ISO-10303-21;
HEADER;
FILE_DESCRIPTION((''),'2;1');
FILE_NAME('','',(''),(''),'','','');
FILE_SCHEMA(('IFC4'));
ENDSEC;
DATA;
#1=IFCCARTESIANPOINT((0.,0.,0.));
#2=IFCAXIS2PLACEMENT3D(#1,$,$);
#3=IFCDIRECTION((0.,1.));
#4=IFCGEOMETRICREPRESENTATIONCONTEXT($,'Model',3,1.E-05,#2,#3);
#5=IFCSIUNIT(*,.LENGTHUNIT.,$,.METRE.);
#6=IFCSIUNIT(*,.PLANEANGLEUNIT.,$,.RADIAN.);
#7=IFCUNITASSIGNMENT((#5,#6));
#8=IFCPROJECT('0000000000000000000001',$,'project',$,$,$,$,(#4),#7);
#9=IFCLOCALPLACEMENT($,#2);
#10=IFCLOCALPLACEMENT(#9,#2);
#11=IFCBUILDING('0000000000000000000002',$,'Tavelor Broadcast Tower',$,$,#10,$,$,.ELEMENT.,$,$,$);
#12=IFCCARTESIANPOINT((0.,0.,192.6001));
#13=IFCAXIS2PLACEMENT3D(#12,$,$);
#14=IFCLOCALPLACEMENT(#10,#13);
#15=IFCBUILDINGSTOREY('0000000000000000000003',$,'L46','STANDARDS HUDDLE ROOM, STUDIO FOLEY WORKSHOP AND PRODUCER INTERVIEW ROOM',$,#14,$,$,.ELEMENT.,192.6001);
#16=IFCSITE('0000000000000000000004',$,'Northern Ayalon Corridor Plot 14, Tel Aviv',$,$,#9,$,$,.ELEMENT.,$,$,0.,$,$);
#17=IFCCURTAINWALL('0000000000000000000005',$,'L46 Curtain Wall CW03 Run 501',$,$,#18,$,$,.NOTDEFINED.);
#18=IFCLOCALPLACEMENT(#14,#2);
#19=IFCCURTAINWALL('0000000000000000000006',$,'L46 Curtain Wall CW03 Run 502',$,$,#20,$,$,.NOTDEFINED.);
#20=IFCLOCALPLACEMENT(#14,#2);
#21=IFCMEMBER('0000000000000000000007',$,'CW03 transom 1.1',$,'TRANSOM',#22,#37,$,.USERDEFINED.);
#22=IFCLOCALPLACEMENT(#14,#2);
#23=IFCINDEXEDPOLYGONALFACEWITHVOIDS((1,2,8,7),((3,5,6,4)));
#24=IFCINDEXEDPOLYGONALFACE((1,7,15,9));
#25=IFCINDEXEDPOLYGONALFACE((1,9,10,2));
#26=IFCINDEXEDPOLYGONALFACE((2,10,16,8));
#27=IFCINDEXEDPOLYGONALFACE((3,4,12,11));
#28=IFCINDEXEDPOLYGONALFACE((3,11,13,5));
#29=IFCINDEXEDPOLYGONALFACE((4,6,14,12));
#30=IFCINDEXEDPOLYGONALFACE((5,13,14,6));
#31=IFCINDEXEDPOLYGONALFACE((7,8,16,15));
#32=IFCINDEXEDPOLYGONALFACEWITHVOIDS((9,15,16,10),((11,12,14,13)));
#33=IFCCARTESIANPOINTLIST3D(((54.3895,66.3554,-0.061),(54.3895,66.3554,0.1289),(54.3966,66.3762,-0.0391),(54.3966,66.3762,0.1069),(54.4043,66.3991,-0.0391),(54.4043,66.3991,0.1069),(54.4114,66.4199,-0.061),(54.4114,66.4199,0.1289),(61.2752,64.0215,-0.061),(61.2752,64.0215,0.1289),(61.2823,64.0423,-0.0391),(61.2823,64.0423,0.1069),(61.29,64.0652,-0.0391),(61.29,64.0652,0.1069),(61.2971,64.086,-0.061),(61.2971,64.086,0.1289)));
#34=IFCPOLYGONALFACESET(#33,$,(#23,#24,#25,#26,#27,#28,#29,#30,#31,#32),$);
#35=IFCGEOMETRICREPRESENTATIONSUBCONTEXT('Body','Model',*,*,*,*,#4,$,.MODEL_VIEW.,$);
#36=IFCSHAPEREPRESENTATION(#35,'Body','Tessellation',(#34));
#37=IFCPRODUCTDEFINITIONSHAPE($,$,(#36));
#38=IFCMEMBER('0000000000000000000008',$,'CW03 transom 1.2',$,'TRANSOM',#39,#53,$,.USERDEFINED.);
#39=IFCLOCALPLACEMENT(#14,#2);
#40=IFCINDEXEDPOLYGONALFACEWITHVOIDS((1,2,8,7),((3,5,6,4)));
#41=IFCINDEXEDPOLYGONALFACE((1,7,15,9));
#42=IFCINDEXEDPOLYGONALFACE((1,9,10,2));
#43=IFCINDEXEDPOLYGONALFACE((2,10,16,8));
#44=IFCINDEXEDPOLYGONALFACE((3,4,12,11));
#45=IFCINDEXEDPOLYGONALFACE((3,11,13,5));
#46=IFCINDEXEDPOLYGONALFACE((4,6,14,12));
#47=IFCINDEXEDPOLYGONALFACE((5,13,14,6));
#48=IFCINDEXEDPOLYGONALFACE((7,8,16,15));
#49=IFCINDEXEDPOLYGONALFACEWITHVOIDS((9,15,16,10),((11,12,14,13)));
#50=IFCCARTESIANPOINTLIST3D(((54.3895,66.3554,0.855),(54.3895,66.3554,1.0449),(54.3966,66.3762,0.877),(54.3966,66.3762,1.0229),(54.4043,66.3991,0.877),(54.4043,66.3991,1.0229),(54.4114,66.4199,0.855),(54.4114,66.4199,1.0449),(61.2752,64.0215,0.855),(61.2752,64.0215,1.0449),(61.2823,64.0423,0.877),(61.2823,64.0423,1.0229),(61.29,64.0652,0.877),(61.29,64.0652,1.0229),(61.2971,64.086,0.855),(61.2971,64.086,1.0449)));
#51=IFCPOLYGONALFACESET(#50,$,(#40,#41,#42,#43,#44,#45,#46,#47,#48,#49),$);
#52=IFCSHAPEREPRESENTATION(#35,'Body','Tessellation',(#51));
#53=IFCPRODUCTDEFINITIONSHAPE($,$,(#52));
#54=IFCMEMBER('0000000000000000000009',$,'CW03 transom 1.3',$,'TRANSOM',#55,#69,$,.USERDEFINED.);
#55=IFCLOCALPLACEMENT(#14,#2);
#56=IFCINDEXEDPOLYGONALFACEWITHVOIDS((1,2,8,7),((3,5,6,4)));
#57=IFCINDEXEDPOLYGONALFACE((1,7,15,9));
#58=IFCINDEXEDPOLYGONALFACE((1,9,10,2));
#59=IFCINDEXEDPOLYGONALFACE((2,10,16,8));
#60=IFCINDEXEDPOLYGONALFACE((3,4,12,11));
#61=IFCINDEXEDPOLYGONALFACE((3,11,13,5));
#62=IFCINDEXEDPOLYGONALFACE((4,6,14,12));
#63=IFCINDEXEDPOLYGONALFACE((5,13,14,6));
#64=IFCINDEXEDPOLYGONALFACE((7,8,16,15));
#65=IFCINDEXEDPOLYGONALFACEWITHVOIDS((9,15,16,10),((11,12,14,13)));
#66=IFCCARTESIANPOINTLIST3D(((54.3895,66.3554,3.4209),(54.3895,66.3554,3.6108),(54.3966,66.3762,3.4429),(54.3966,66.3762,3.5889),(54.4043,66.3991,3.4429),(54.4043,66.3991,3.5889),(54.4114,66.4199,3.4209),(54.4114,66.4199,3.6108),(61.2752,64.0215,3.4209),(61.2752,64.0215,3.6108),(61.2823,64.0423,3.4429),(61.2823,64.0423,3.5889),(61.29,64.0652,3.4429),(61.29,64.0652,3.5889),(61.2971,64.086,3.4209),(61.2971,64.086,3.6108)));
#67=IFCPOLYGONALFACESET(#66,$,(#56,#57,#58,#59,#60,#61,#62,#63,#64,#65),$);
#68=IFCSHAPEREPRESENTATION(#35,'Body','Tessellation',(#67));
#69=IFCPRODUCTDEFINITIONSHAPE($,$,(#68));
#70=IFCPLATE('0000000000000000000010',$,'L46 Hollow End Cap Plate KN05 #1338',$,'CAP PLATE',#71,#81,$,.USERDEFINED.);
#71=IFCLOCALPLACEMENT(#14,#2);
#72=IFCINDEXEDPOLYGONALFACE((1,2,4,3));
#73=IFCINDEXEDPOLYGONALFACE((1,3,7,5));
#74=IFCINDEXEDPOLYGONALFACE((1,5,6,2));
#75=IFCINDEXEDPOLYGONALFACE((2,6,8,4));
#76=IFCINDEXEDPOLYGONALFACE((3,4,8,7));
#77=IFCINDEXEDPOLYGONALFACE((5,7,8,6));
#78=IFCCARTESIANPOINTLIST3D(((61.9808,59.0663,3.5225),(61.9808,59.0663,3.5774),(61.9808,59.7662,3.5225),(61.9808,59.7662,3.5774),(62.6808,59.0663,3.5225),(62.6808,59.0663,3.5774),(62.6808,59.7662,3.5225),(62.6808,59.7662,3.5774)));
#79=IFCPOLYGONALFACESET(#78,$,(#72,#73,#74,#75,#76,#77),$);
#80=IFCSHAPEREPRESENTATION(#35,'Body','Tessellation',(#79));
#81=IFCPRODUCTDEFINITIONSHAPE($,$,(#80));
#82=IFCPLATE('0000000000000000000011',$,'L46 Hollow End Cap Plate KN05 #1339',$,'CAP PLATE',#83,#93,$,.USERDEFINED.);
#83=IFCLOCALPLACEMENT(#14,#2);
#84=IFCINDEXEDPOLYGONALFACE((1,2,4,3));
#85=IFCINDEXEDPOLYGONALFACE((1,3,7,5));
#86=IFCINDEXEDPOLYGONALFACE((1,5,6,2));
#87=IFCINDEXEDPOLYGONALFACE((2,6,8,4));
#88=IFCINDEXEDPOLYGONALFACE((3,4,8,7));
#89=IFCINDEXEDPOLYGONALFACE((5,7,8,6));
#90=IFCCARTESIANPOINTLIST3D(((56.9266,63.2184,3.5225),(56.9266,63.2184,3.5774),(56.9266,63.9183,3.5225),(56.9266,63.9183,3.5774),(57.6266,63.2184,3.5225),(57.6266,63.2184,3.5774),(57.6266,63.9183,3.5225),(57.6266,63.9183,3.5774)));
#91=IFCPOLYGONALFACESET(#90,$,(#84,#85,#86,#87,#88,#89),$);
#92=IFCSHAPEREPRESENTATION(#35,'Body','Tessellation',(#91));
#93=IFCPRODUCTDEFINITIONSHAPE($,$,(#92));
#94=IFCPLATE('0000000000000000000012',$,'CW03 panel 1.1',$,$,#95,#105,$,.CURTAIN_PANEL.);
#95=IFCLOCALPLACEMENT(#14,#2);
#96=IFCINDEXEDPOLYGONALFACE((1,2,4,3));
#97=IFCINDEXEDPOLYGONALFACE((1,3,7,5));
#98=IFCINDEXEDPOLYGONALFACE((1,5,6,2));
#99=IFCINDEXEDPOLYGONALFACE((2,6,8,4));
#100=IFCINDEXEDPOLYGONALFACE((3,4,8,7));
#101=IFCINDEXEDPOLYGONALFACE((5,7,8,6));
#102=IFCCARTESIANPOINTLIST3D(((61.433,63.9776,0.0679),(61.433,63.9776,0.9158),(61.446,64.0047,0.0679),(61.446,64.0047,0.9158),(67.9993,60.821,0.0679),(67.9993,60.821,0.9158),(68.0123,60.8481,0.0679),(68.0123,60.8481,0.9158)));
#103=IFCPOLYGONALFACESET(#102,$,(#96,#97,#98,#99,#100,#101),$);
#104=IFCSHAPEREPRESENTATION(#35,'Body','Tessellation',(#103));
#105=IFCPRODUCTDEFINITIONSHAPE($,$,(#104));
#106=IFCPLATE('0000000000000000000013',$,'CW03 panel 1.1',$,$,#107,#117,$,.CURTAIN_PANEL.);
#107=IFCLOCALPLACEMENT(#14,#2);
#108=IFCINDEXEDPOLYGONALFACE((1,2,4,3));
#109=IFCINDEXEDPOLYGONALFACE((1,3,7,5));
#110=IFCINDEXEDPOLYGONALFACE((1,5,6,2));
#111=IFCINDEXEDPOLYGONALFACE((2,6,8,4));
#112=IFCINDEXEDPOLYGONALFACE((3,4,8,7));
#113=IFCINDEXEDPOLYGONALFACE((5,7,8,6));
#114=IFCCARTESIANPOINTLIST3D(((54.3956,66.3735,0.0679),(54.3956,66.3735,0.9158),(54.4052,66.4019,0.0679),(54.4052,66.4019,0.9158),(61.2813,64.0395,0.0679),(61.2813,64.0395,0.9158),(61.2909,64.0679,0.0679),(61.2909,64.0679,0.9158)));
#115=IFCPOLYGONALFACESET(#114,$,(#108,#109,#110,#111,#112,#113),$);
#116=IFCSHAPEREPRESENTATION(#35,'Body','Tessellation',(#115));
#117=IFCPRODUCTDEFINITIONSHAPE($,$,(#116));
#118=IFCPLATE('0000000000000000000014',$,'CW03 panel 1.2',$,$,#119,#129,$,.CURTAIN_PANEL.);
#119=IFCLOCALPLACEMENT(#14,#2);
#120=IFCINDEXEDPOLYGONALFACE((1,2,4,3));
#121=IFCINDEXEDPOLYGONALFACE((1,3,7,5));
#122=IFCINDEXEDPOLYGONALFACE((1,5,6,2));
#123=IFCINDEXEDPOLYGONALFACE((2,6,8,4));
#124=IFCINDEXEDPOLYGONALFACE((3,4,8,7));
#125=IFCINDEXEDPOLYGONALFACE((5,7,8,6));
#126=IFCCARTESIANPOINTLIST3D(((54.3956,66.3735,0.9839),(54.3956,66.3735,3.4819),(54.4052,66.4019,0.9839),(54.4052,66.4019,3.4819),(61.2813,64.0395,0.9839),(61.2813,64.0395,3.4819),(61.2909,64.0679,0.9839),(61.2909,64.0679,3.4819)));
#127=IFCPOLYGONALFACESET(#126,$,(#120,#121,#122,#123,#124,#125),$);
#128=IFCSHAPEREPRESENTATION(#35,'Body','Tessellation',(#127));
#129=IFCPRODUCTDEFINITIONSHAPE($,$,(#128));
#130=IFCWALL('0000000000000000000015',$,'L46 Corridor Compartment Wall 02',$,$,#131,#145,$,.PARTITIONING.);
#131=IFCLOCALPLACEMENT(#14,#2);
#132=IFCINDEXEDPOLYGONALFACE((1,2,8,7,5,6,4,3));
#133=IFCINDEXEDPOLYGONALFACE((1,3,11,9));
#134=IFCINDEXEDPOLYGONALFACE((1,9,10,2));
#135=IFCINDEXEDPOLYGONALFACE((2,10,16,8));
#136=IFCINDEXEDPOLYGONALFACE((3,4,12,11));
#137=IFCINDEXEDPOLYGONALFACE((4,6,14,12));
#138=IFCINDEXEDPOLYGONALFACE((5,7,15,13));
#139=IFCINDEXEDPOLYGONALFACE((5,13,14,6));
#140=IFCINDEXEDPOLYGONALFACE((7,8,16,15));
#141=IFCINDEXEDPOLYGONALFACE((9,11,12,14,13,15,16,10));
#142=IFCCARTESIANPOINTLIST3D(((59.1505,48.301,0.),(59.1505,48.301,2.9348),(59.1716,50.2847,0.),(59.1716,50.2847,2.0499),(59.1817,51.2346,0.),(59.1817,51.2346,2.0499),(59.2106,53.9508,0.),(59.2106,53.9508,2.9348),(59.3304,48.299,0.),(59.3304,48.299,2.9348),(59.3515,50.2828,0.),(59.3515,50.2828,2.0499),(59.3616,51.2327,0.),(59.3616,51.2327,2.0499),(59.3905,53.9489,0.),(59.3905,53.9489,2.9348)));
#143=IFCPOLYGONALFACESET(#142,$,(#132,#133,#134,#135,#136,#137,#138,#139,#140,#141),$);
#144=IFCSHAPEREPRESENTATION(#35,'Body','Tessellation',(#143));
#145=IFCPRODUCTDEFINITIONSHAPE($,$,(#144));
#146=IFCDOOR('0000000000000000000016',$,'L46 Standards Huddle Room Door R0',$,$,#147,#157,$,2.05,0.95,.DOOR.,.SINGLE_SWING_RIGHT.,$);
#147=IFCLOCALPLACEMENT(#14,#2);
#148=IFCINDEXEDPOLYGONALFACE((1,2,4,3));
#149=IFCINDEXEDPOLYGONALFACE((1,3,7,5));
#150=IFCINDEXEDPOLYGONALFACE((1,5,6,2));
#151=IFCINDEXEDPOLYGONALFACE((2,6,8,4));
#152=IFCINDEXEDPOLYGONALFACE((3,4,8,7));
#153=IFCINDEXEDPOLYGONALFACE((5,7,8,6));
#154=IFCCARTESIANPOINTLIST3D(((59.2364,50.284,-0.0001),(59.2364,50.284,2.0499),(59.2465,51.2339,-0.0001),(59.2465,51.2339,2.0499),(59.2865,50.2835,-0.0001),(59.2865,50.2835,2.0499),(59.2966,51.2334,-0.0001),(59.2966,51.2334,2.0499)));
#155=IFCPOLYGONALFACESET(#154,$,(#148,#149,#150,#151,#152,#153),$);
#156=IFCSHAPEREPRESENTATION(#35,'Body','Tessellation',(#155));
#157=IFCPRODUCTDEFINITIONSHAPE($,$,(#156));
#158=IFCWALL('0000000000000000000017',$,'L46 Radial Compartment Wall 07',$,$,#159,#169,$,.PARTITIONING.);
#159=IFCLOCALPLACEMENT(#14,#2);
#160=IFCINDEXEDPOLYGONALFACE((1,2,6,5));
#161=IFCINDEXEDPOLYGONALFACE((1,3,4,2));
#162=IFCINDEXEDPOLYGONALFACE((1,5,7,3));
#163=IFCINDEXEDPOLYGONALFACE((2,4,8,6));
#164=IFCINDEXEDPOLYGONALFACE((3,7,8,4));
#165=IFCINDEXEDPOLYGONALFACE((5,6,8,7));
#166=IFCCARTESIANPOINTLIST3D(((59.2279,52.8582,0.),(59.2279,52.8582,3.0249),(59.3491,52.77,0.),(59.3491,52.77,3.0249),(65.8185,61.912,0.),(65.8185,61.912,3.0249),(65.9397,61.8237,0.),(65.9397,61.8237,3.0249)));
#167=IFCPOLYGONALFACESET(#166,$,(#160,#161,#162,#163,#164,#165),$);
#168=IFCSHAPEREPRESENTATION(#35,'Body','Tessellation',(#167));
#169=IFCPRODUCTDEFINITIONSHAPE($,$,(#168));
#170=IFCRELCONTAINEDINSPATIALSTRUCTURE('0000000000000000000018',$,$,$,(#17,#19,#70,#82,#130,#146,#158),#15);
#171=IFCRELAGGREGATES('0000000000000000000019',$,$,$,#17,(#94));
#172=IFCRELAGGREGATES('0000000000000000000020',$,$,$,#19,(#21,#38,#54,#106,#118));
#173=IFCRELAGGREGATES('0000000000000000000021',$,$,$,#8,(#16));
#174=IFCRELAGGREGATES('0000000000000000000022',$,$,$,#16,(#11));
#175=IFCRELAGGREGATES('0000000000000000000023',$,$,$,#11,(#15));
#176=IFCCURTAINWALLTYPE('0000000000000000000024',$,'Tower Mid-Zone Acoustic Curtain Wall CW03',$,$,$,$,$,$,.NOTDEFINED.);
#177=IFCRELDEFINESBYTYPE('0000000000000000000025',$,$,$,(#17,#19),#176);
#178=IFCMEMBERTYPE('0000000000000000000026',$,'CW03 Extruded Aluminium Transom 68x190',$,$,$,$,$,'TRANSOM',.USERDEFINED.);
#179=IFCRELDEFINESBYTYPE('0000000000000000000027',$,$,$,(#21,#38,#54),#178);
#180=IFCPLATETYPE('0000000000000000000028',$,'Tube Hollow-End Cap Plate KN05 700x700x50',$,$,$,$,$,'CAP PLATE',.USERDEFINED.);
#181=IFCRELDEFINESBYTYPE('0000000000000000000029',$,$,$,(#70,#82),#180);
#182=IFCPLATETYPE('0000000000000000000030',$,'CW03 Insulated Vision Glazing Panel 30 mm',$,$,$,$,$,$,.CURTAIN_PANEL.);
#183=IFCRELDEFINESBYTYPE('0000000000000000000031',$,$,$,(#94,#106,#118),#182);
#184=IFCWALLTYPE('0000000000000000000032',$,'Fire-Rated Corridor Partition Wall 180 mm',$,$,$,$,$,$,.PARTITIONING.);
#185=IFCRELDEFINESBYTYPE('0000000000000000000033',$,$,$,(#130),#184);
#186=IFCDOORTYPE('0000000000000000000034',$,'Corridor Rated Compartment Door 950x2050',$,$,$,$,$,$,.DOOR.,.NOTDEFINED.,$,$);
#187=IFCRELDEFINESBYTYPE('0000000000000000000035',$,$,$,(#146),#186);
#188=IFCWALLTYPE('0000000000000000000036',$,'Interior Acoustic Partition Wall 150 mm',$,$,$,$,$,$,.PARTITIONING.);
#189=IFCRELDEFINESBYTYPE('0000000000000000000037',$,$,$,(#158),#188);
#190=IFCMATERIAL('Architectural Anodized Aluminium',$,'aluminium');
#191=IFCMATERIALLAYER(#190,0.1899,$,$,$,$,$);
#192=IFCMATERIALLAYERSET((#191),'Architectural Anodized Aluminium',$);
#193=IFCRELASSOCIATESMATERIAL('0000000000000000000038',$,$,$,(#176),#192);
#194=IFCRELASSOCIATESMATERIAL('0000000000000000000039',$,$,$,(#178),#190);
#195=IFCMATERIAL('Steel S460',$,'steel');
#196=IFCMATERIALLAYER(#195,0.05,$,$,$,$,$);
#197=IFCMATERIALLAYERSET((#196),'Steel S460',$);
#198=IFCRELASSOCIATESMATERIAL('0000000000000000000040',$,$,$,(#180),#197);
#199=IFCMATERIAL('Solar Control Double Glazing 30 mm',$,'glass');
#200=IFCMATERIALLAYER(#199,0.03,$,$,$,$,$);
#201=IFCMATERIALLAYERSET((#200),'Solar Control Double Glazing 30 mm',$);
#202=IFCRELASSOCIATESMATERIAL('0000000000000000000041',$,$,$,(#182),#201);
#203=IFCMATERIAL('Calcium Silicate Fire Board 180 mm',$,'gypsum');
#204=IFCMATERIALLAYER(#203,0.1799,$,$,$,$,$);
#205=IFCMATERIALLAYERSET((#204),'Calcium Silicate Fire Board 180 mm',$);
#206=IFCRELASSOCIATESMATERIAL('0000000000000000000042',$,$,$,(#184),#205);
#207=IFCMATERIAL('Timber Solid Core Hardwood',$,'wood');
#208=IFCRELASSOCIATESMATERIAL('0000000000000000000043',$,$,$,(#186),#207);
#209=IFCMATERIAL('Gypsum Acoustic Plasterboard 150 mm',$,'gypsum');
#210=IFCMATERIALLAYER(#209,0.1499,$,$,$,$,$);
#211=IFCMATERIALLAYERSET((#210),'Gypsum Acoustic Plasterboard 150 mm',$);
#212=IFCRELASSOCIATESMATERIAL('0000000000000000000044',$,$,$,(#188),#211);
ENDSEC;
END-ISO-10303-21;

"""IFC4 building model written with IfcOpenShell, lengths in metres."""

from ifc_helpers import new_model, si_unit, direction, frame, frame_2d, origin, origin_2d, place, context, subcontext, project, spatial, rectangle, hollow_rectangle, extrude, source, transform, mapped, material, layer, layer_set, material_profile, profile_set, type_object, type_shapes, element, fill, aggregate, save


model = new_model("IFC4")

# Units and contexts
model_context = context("Model", 3, precision=1e-05, world=origin(), true_north=direction((0.0, 1.0)))
body_context = subcontext(model_context, "Body", "Model", "MODEL_VIEW")
ifc_project = project(units=[si_unit("LENGTHUNIT", "METRE"), si_unit("PLANEANGLEUNIT", "RADIAN")], contexts=[model_context])

# Site, building, storey
site_placement = place(None, origin())
site = spatial("IfcSite", under=ifc_project, at=site_placement, Name="Northern Ayalon Corridor Plot 14, Tel Aviv", CompositionType="ELEMENT", RefElevation=0.0)
building_placement = place(site_placement, origin())
building = spatial("IfcBuilding", under=site, at=building_placement, Name="Tavelor Broadcast Tower", CompositionType="ELEMENT")
storey_placement = place(building_placement, frame((0.0, 0.0, 192.6001)))
storey = spatial("IfcBuildingStorey", under=building, at=storey_placement, Name="L46", Description="STANDARDS HUDDLE ROOM, STUDIO FOLEY WORKSHOP AND PRODUCER INTERVIEW ROOM", CompositionType="ELEMENT", Elevation=192.6001)

# Shared definitions
ifc_material_1 = material(Name="Steel S460", Category="steel")

# Curtain wall
ifc_material_2 = material(Name="Architectural Anodized Aluminium", Category="aluminium")
ifc_layer_1 = layer(ifc_material_2, 0.1899)
ifc_layer_set_1 = layer_set([ifc_layer_1], Name="Architectural Anodized Aluminium")
curtain_wall_type = type_object("IfcCurtainWallType", Name="Tower Mid-Zone Acoustic Curtain Wall CW03", PredefinedType="NOTDEFINED", material=ifc_layer_set_1)
curtain_wall_1_placement = place(storey_placement, origin())
curtain_wall_1 = element("IfcCurtainWall", 1, at=curtain_wall_1_placement, inside=storey, type_object=curtain_wall_type, Name="L46 Curtain Wall CW03 Run 501", PredefinedType="NOTDEFINED")

# Curtain wall, members
curtain_wall_2_placement = place(storey_placement, origin())
curtain_wall_2 = element("IfcCurtainWall", 2, at=curtain_wall_2_placement, inside=storey, type_object=curtain_wall_type, Name="L46 Curtain Wall CW03 Run 502", PredefinedType="NOTDEFINED")
ifc_material_profile_1 = material_profile(ifc_material_2, hollow_rectangle(XDim=0.0681, YDim=0.1899, WallThickness=0.022, at=origin_2d()), Name="RHS 68x190x22")
ifc_profile_set_1 = profile_set([ifc_material_profile_1], Name="Architectural Anodized Aluminium")
member_type_1 = type_object("IfcMemberType", Name="CW03 Extruded Aluminium Transom 68x190", ElementType="TRANSOM", PredefinedType="USERDEFINED", material=ifc_profile_set_1)
shared_shape_1 = source(origin(), body_context, "Body", "SweptSolid", [
    extrude(hollow_rectangle(XDim=0.0681, YDim=0.1899, WallThickness=0.022, at=origin_2d()), origin(), (0.0, 0.0, 1.0), 7.2705),
])
type_shapes(member_type_1, [shared_shape_1])
member_1_placement = place(storey_placement, frame((61.2861, 64.0537, 0.0339), z_axis=(-0.947073, 0.321019, 0.0), x_axis=(-0.321019, -0.947073, 0.0)))
member_1 = element("IfcMember", 3, at=member_1_placement, type_object=member_type_1, Name="CW03 transom 1.1", ObjectType="TRANSOM", PredefinedType="USERDEFINED", context=body_context, shape_type="MappedRepresentation", body=[
    mapped(shared_shape_1, transform((0.0, 0.0, 0.0), scale=1.0)),
])
member_2_placement = place(storey_placement, frame((61.2861, 64.0537, 0.95), z_axis=(-0.947073, 0.321019, 0.0), x_axis=(-0.321019, -0.947073, 0.0)))
member_2 = element("IfcMember", 4, at=member_2_placement, type_object=member_type_1, Name="CW03 transom 1.2", ObjectType="TRANSOM", PredefinedType="USERDEFINED", context=body_context, shape_type="MappedRepresentation", body=[
    mapped(shared_shape_1, transform((0.0, 0.0, 0.0), scale=1.0)),
])
member_3_placement = place(storey_placement, frame((61.2861, 64.0537, 3.5159), z_axis=(-0.947073, 0.321019, 0.0), x_axis=(-0.321019, -0.947073, 0.0)))
member_3 = element("IfcMember", 5, at=member_3_placement, type_object=member_type_1, Name="CW03 transom 1.3", ObjectType="TRANSOM", PredefinedType="USERDEFINED", context=body_context, shape_type="MappedRepresentation", body=[
    mapped(shared_shape_1, transform((0.0, 0.0, 0.0), scale=1.0)),
])

# Plates
ifc_layer_2 = layer(ifc_material_1, 0.05)
ifc_layer_set_2 = layer_set([ifc_layer_2], Name="Steel S460")
plate_type_1 = type_object("IfcPlateType", Name="Tube Hollow-End Cap Plate KN05 700x700x50", ElementType="CAP PLATE", PredefinedType="USERDEFINED", material=ifc_layer_set_2)
shared_shape_2 = source(origin(), body_context, "Body", "SweptSolid", [
    extrude(rectangle(XDim=0.7, YDim=0.7, at=origin_2d()), origin(), (0.0, 0.0, 1.0), 0.0549),
])
type_shapes(plate_type_1, [shared_shape_2])
for number, where, z_axis, x_axis, name in (
    (6, (62.3308, 59.4163, 3.5225), (0.0, 0.0, 1.0), (1.0, 0.0, 0.0), "L46 Hollow End Cap Plate KN05 #1338"),
    (7, (57.2766, 63.5684, 3.5225), (0.0, 0.0, 1.0), (1.0, 0.0, 0.0), "L46 Hollow End Cap Plate KN05 #1339"),
):
    element("IfcPlate", number, at=place(storey_placement, frame(where, z_axis=z_axis, x_axis=x_axis)), inside=storey, type_object=plate_type_1, Name=name, ObjectType="CAP PLATE", PredefinedType="USERDEFINED", context=body_context, shape_type="MappedRepresentation", body=[
        mapped(shared_shape_2, transform((0.0, 0.0, 0.0), scale=1.0)),
    ])

# Plates
ifc_material_3 = material(Name="Solar Control Double Glazing 30 mm", Category="glass")
ifc_layer_3 = layer(ifc_material_3, 0.03)
ifc_layer_set_3 = layer_set([ifc_layer_3], Name="Solar Control Double Glazing 30 mm")
plate_type_2 = type_object("IfcPlateType", Name="CW03 Insulated Vision Glazing Panel 30 mm", PredefinedType="CURTAIN_PANEL", material=ifc_layer_set_3)
shared_shape_3 = source(origin(), body_context, "Body", "SweptSolid", [
    extrude(rectangle(XDim=7.2856, YDim=0.03, at=origin_2d()), origin(), (0.0, 0.0, 1.0), 0.8479),
])
plate_1_placement = place(storey_placement, frame((64.7227, 62.4128, 0.0679), z_axis=(0.0, 0.0, 1.0), x_axis=(-0.901269, 0.43326, 0.0)))
plate_1 = element("IfcPlate", 8, at=plate_1_placement, type_object=plate_type_2, Name="CW03 panel 1.1", PredefinedType="CURTAIN_PANEL", context=body_context, shape_type="MappedRepresentation", body=[
    mapped(shared_shape_3, transform((0.0, 0.0, 0.0), scale=1.0)),
])
aggregate(curtain_wall_1, [plate_1])
shared_shape_4 = source(origin(), body_context, "Body", "SweptSolid", [
    extrude(rectangle(XDim=7.2705, YDim=0.03, at=origin_2d()), origin(), (0.0, 0.0, 1.0), 0.8479),
])
plate_2_placement = place(storey_placement, frame((57.8433, 65.2207, 0.0679), z_axis=(0.0, 0.0, 1.0), x_axis=(-0.947071, 0.321023, 0.0)))
plate_2 = element("IfcPlate", 9, at=plate_2_placement, type_object=plate_type_2, Name="CW03 panel 1.1", PredefinedType="CURTAIN_PANEL", context=body_context, shape_type="MappedRepresentation", body=[
    mapped(shared_shape_4, transform((0.0, 0.0, 0.0), scale=1.0)),
])
shared_shape_5 = source(origin(), body_context, "Body", "SweptSolid", [
    extrude(rectangle(XDim=7.2705, YDim=0.03, at=origin_2d()), origin(), (0.0, 0.0, 1.0), 2.498),
])
type_shapes(plate_type_2, [shared_shape_3, shared_shape_4, shared_shape_5])
plate_3_placement = place(storey_placement, frame((57.8433, 65.2207, 0.9839), z_axis=(0.0, 0.0, 1.0), x_axis=(-0.947071, 0.321023, 0.0)))
plate_3 = element("IfcPlate", 10, at=plate_3_placement, type_object=plate_type_2, Name="CW03 panel 1.2", PredefinedType="CURTAIN_PANEL", context=body_context, shape_type="MappedRepresentation", body=[
    mapped(shared_shape_5, transform((0.0, 0.0, 0.0), scale=1.0)),
])
aggregate(curtain_wall_2, [member_1, member_2, member_3, plate_2, plate_3])

# Wall, opening, door
ifc_material_4 = material(Name="Calcium Silicate Fire Board 180 mm", Category="gypsum")
ifc_layer_4 = layer(ifc_material_4, 0.1799)
ifc_layer_set_4 = layer_set([ifc_layer_4], Name="Calcium Silicate Fire Board 180 mm")
wall_type_1 = type_object("IfcWallType", Name="Fire-Rated Corridor Partition Wall 180 mm", PredefinedType="PARTITIONING", material=ifc_layer_set_4)
wall_1_placement = place(storey_placement, frame((59.3005, 53.95, 0.0), z_axis=(0.0, 0.0, 1.0), x_axis=(-0.010629, -0.999944, 0.0)))
wall_1 = element("IfcWall", 11, at=wall_1_placement, inside=storey, type_object=wall_type_1, Name="L46 Corridor Compartment Wall 02", PredefinedType="PARTITIONING", context=body_context, shape_type="SweptSolid", body=[
    extrude(rectangle(XDim=5.6501, YDim=0.1799, at=frame_2d((2.8252, 0.0))), origin(), (0.0, 0.0, 1.0), 2.9348),
])
opening_placement = place(wall_1_placement, frame((2.7163, 0.0, 0.0)))
opening = element("IfcOpeningElement", 12, at=opening_placement, cuts=wall_1, PredefinedType="OPENING", context=body_context, shape_type="SweptSolid", body=[
    extrude(rectangle(XDim=0.95, YDim=2.05, at=frame_2d((0.4751, 1.0249))), frame((0.0, 0.1001, 0.0), z_axis=(0.0, -1.0, 0.0), x_axis=(1.0, 0.0, 0.0)), (0.0, 0.0, 1.0), 0.2),
])
ifc_material_5 = material(Name="Timber Solid Core Hardwood", Category="wood")
door_type = type_object("IfcDoorType", Name="Corridor Rated Compartment Door 950x2050", OperationType="NOTDEFINED", PredefinedType="DOOR", material=ifc_material_5)
door_placement = place(opening_placement, origin())
door = element("IfcDoor", 13, at=door_placement, inside=storey, type_object=door_type, Name="L46 Standards Huddle Room Door R0", OperationType="SINGLE_SWING_RIGHT", OverallHeight=2.05, OverallWidth=0.95, PredefinedType="DOOR", context=body_context, shape_type="SweptSolid", body=[
    extrude(rectangle(XDim=0.95, YDim=2.05, at=frame_2d((0.4751, 1.0249))), frame((0.0, 0.0249, 0.0), z_axis=(0.0, -1.0, 0.0), x_axis=(1.0, 0.0, 0.0)), (0.0, 0.0, 1.0), 0.05),
])
fill(opening, door)

# Wall
ifc_material_6 = material(Name="Gypsum Acoustic Plasterboard 150 mm", Category="gypsum")
ifc_layer_5 = layer(ifc_material_6, 0.1499)
ifc_layer_set_5 = layer_set([ifc_layer_5], Name="Gypsum Acoustic Plasterboard 150 mm")
wall_type_2 = type_object("IfcWallType", Name="Interior Acoustic Partition Wall 150 mm", PredefinedType="PARTITIONING", material=ifc_layer_set_5)
wall_2_placement = place(storey_placement, frame((59.2886, 52.8142, 0.0), z_axis=(0.0, 0.0, 1.0), x_axis=(0.588526, 0.808479, 0.0)))
element("IfcWall", 14, at=wall_2_placement, inside=storey, type_object=wall_type_2, Name="L46 Radial Compartment Wall 07", PredefinedType="PARTITIONING", context=body_context, shape_type="SweptSolid", body=[
    extrude(rectangle(XDim=11.1985, YDim=0.1499, at=frame_2d((5.5991, 0.0))), origin(), (0.0, 0.0, 1.0), 3.0249),
])

save(model, "model.ifc")
